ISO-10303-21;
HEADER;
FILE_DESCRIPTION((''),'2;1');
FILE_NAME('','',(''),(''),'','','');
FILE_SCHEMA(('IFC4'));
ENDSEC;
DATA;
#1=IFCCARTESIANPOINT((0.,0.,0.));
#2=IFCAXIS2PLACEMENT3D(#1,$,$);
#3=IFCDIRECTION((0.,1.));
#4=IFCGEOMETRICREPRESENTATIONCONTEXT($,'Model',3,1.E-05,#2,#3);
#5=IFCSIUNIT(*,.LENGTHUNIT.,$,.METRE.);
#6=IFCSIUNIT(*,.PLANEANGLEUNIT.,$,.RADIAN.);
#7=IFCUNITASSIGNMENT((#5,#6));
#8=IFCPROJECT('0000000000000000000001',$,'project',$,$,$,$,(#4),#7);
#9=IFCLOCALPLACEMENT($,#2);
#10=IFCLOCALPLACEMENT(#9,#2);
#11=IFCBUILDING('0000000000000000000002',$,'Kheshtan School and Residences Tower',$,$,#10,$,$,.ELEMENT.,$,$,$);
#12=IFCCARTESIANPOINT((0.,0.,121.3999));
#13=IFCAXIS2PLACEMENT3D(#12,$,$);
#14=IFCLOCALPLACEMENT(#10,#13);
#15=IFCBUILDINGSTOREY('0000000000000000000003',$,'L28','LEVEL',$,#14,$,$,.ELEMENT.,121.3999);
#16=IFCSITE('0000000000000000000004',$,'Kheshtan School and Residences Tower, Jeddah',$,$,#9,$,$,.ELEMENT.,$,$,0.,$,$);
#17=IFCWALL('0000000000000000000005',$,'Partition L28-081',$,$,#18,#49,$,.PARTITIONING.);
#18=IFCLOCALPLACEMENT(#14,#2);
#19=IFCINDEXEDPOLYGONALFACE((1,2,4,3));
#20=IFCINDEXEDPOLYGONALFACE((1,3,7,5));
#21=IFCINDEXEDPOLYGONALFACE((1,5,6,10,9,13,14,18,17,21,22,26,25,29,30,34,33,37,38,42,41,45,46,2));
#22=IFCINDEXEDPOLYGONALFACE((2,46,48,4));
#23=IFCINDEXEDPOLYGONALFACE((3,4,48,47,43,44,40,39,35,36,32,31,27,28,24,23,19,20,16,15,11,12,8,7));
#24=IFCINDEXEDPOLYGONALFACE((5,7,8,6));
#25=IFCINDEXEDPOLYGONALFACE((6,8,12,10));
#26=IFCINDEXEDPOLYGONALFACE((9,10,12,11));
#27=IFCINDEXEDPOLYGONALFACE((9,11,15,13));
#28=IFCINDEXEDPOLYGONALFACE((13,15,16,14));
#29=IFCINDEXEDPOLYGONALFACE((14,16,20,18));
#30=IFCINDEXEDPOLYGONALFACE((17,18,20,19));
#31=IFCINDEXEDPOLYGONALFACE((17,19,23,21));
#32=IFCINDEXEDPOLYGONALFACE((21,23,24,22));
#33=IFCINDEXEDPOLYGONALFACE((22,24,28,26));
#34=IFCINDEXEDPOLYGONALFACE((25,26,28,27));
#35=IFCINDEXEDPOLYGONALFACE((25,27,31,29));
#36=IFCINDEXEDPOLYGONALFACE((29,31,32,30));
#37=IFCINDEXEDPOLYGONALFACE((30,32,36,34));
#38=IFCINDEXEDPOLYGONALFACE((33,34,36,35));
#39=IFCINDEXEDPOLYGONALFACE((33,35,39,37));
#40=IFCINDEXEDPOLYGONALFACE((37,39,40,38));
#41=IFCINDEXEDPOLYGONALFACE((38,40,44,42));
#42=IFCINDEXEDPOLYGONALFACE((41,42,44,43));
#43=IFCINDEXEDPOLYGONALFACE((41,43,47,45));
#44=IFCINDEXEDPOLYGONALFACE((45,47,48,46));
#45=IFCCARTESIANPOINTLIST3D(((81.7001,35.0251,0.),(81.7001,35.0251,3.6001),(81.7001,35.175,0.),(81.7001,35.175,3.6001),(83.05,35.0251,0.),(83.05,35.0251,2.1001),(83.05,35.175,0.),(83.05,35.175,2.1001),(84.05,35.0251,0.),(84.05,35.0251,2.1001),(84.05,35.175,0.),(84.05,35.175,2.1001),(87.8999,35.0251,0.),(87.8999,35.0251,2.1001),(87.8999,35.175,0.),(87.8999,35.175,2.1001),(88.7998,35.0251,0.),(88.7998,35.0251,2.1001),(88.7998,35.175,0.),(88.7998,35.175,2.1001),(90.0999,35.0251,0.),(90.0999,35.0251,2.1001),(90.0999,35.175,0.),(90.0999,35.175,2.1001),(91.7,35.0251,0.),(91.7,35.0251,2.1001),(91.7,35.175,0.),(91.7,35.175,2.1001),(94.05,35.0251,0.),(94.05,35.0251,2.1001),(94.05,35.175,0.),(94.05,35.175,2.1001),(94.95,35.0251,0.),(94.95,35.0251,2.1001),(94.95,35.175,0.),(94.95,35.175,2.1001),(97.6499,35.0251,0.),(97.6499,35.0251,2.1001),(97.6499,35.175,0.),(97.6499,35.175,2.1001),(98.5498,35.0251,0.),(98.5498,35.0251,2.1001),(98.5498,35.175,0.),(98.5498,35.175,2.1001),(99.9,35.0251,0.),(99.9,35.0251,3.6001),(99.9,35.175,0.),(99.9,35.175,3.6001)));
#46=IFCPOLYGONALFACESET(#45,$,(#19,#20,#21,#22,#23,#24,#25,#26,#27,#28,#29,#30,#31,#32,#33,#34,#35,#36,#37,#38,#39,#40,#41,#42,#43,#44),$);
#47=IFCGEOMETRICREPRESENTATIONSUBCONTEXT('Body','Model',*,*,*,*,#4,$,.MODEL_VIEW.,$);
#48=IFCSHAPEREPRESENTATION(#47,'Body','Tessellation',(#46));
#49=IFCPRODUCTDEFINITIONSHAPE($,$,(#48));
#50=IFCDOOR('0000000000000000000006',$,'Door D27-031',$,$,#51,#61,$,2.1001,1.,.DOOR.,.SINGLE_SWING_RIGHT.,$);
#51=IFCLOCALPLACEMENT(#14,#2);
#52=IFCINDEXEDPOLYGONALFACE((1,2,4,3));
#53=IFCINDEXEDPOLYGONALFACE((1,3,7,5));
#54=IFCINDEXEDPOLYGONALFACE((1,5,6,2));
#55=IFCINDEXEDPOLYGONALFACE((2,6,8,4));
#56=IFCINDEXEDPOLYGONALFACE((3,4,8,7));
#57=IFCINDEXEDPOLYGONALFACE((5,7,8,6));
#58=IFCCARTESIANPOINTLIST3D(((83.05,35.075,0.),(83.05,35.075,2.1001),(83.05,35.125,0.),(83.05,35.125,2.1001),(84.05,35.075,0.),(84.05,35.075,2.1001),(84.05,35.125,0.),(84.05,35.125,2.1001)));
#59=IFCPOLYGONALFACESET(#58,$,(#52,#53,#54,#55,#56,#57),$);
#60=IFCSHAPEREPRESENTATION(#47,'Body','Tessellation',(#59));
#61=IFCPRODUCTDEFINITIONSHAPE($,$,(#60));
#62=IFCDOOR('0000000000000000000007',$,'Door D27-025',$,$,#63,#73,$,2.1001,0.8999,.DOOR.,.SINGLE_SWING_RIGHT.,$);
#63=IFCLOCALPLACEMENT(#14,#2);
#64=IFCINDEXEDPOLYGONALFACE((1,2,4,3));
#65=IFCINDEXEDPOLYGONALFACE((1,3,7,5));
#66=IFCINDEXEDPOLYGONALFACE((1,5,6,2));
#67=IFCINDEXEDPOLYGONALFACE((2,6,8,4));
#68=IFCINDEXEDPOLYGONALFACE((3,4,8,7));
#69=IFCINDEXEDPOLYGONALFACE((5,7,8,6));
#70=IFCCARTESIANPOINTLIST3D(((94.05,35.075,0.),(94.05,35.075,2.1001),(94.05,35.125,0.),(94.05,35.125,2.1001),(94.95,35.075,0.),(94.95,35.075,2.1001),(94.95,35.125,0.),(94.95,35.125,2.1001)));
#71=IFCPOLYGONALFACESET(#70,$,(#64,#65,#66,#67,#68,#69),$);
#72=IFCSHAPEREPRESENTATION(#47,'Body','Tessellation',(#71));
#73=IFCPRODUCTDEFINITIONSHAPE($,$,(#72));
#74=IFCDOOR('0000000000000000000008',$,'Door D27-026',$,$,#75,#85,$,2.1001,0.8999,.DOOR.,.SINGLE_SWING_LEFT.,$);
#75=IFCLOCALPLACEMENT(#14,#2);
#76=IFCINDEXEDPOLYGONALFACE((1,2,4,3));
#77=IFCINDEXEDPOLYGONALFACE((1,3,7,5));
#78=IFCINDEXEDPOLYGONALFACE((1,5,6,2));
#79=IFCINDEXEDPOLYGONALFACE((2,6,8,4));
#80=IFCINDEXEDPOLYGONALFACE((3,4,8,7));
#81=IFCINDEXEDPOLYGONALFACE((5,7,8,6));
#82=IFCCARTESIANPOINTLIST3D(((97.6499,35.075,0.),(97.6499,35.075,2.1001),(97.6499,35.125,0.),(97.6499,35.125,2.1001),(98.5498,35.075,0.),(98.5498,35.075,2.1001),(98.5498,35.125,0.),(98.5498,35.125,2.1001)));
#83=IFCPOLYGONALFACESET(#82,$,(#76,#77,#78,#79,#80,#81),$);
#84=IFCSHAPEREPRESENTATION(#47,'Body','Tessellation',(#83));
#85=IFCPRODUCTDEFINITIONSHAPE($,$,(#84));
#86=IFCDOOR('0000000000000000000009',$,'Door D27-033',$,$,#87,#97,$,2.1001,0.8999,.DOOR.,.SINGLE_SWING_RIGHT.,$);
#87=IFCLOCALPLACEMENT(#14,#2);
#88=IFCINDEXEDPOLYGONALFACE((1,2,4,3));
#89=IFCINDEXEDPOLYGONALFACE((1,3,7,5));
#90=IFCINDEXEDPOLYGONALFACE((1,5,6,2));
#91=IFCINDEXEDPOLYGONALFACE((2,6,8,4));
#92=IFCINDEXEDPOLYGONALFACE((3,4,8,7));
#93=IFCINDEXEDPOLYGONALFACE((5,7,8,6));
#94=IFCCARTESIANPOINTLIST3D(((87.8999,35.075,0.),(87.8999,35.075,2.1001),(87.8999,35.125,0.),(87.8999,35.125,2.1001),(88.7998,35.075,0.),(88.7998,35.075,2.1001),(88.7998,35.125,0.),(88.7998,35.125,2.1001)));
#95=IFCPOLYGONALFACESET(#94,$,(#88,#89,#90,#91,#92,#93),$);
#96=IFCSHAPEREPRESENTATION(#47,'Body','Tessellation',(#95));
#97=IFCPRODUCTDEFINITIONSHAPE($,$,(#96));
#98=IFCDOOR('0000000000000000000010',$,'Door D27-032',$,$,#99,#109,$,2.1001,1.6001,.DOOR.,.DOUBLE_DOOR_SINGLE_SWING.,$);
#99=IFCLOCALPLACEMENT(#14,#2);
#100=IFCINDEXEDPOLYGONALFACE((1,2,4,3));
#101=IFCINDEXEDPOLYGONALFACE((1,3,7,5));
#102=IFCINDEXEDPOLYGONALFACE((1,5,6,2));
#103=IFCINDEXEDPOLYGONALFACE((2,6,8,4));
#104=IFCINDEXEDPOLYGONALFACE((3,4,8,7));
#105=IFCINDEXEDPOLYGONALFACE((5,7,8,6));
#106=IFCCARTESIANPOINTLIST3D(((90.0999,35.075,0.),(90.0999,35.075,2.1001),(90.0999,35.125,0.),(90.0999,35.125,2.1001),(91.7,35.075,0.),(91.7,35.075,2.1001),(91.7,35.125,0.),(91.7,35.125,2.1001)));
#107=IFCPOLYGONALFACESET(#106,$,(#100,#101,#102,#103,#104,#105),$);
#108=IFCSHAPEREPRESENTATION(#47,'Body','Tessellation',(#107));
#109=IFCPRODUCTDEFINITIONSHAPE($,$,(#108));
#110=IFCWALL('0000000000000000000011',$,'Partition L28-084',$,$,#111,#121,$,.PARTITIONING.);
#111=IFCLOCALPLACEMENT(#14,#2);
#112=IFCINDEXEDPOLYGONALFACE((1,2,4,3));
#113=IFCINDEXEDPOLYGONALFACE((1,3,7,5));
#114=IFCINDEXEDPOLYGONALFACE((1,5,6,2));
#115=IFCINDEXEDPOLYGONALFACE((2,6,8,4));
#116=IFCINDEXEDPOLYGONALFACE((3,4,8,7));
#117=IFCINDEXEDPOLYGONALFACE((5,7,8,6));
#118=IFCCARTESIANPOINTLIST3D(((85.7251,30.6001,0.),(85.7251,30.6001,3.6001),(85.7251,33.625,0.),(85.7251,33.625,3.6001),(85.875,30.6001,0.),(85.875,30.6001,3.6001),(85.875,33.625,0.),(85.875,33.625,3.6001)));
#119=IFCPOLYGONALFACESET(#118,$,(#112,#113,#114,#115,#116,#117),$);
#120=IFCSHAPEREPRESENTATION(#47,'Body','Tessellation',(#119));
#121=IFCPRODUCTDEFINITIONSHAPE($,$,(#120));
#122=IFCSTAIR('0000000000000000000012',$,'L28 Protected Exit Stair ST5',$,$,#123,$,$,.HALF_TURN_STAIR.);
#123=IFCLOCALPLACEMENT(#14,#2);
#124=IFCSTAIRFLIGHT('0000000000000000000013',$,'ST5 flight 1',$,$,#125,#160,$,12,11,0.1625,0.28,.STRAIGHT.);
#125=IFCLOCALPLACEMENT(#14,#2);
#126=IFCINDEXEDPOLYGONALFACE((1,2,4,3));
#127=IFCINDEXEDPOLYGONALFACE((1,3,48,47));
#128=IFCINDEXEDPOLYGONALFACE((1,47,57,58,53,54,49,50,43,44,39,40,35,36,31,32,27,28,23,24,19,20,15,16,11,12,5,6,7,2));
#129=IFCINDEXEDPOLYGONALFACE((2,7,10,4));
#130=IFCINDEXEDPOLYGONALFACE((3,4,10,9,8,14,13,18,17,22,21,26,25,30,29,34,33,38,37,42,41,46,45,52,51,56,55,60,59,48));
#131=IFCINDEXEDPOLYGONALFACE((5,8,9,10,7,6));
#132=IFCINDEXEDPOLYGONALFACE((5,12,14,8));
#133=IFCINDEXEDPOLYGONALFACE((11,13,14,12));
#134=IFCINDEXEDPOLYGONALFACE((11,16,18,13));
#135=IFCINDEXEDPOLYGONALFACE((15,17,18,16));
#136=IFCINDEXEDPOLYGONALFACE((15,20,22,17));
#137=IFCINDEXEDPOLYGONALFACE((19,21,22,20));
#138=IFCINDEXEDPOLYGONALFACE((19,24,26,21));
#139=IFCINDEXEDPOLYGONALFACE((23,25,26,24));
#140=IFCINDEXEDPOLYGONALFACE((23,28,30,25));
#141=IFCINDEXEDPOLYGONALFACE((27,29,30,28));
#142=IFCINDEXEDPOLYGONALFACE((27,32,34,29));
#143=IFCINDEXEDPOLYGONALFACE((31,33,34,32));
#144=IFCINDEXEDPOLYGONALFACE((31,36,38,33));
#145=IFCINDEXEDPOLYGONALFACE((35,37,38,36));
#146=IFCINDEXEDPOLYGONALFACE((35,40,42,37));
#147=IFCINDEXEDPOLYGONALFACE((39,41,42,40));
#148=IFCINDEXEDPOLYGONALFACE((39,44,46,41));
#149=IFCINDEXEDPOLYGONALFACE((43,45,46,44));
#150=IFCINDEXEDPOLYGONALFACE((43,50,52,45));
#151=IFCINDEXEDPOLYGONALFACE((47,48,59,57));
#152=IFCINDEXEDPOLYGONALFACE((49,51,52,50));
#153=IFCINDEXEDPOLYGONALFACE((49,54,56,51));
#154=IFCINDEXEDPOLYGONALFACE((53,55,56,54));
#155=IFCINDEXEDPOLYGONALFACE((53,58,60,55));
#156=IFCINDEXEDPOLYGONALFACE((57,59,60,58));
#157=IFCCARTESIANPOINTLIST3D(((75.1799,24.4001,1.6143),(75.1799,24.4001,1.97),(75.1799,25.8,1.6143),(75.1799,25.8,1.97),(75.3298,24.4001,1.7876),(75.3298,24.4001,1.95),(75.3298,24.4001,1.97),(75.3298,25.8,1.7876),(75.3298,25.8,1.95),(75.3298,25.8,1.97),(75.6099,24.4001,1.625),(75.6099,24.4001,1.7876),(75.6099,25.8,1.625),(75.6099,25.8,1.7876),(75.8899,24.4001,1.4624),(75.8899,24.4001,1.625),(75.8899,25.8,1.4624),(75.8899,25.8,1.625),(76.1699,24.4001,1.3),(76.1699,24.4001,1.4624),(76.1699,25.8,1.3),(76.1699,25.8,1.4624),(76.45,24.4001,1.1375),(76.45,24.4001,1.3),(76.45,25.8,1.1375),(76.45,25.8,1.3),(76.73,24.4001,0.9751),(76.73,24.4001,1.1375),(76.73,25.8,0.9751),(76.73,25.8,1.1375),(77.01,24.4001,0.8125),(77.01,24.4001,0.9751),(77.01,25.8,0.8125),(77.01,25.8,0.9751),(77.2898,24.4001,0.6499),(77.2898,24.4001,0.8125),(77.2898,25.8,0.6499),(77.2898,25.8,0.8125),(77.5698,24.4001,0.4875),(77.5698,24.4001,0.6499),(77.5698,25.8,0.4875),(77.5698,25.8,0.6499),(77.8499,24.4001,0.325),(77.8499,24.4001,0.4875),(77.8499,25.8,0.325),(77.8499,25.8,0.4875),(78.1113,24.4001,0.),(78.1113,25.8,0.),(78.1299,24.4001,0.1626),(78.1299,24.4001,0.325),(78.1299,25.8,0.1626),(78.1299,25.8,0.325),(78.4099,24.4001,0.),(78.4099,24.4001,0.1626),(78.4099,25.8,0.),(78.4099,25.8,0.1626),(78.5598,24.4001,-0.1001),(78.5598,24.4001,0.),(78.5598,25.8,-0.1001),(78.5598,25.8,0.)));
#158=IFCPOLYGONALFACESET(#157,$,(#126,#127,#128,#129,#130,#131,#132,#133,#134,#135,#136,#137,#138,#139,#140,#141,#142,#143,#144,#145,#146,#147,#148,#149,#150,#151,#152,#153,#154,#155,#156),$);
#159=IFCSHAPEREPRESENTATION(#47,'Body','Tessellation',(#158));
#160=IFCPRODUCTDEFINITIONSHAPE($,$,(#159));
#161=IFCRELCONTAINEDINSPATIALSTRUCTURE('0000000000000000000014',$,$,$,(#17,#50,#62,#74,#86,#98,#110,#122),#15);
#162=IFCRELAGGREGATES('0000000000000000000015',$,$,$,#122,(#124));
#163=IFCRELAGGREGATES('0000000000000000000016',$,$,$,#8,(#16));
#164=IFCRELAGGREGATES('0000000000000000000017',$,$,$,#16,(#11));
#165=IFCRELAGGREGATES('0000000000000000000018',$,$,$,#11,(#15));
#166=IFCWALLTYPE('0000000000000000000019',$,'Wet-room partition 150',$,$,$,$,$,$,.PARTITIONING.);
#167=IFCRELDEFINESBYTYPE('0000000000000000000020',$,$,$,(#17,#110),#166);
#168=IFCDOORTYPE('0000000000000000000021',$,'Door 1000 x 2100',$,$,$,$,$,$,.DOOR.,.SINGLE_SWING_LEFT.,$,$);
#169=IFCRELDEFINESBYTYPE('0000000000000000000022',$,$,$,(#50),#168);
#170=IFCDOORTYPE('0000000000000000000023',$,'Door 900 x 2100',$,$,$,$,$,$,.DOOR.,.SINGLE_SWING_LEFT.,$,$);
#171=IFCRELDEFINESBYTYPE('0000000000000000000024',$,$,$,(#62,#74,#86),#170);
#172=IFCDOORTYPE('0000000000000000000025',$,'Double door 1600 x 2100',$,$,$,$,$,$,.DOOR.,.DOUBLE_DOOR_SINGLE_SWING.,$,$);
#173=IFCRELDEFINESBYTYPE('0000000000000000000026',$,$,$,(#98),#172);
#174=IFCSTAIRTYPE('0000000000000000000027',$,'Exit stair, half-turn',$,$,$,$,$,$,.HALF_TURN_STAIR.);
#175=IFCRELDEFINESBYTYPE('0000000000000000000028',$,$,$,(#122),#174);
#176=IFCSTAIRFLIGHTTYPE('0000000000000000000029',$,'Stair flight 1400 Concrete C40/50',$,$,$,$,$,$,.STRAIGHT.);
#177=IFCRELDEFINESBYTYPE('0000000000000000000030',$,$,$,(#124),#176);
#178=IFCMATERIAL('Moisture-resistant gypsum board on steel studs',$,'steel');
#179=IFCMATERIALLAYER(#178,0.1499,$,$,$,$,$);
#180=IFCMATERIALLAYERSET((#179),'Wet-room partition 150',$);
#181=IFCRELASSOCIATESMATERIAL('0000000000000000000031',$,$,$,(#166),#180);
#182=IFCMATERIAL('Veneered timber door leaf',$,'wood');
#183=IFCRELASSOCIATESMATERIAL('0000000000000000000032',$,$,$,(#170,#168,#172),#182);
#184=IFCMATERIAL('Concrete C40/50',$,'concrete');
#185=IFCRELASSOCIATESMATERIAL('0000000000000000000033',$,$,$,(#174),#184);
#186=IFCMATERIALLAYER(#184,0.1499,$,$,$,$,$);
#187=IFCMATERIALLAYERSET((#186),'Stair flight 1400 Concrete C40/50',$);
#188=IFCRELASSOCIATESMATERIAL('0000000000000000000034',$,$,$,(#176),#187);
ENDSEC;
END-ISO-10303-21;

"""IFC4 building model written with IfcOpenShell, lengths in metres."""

from ifc_helpers import new_model, si_unit, direction, frame, frame_2d, origin, place, context, subcontext, project, spatial, polyline, rectangle, outline, extrude, source, transform, mapped, material, layer, layer_set, type_object, element, fill, aggregate, save


model = new_model("IFC4")

# Units and contexts
model_context = context("Model", 3, precision=1e-05, world=origin(), true_north=direction((0.0, 1.0)))
body_context = subcontext(model_context, "Body", "Model", "MODEL_VIEW")
ifc_project = project(units=[si_unit("LENGTHUNIT", "METRE"), si_unit("PLANEANGLEUNIT", "RADIAN")], contexts=[model_context])

# Site, building, storey
site_placement = place(None, origin())
site = spatial("IfcSite", under=ifc_project, at=site_placement, Name="Kheshtan School and Residences Tower, Jeddah", CompositionType="ELEMENT", RefElevation=0.0)
building_placement = place(site_placement, origin())
building = spatial("IfcBuilding", under=site, at=building_placement, Name="Kheshtan School and Residences Tower", CompositionType="ELEMENT")
storey_placement = place(building_placement, frame((0.0, 0.0, 121.3999)))
storey = spatial("IfcBuildingStorey", under=building, at=storey_placement, Name="L28", Description="LEVEL", CompositionType="ELEMENT", Elevation=121.3999)

# Shared definitions
ifc_material_1 = material(Name="Concrete C40/50", Category="concrete")

# Shared definitions
ifc_material_2 = material(Name="Moisture-resistant gypsum board on steel studs", Category="steel")
ifc_layer_1 = layer(ifc_material_2, 0.1499)
ifc_layer_set_1 = layer_set([ifc_layer_1], Name="Wet-room partition 150")
wall_type_1 = type_object("IfcWallType", Name="Wet-room partition 150", PredefinedType="PARTITIONING", material=ifc_layer_set_1)

# Wall, openings, doors
ifc_material_3 = material(Name="Veneered timber door leaf", Category="wood")
door_type_1 = type_object("IfcDoorType", Name="Door 900 x 2100", OperationType="SINGLE_SWING_LEFT", PredefinedType="DOOR", material=ifc_material_3)
shared_shape_1 = source(origin(), body_context, "Body", "SweptSolid", [
    extrude(rectangle(XDim=0.8999, YDim=2.1001, at=frame_2d((0.45, 1.05))), frame((0.0, 0.0249, 0.0), z_axis=(0.0, -1.0, 0.0), x_axis=(1.0, 0.0, 0.0)), (0.0, 0.0, 1.0), 0.05),
])
wall_1_placement = place(storey_placement, frame((81.7, 35.1001, 0.0), z_axis=(0.0, 0.0, 1.0), x_axis=(1.0, 0.0, 0.0)))
wall_1 = element("IfcWall", 1, at=wall_1_placement, inside=storey, type_object=wall_type_1, Name="Partition L28-081", PredefinedType="PARTITIONING", context=body_context, shape_type="SweptSolid", body=[
    extrude(rectangle(XDim=18.2, YDim=0.1499, at=frame_2d((9.1001, 0.0))), origin(), (0.0, 0.0, 1.0), 3.6001),
])
opening_1_placement = place(wall_1_placement, frame((12.3501, 0.0, 0.0)))
opening_1 = element("IfcOpeningElement", 2, at=opening_1_placement, cuts=wall_1, PredefinedType="OPENING", context=body_context, shape_type="SweptSolid", body=[
    extrude(rectangle(XDim=0.8999, YDim=2.1001, at=frame_2d((0.45, 1.05))), frame((0.0, 0.085, 0.0), z_axis=(0.0, -1.0, 0.0), x_axis=(1.0, 0.0, 0.0)), (0.0, 0.0, 1.0), 0.1699),
])
opening_2_placement = place(wall_1_placement, frame((15.95, 0.0, 0.0)))
opening_2 = element("IfcOpeningElement", 3, at=opening_2_placement, cuts=wall_1, PredefinedType="OPENING", context=body_context, shape_type="SweptSolid", body=[
    extrude(rectangle(XDim=0.8999, YDim=2.1001, at=frame_2d((0.45, 1.05))), frame((0.0, 0.085, 0.0), z_axis=(0.0, -1.0, 0.0), x_axis=(1.0, 0.0, 0.0)), (0.0, 0.0, 1.0), 0.1699),
])
opening_3_placement = place(wall_1_placement, frame((1.3501, 0.0, 0.0)))
opening_3 = element("IfcOpeningElement", 4, at=opening_3_placement, cuts=wall_1, PredefinedType="OPENING", context=body_context, shape_type="SweptSolid", body=[
    extrude(rectangle(XDim=1.0, YDim=2.1001, at=frame_2d((0.5, 1.05))), frame((0.0, 0.085, 0.0), z_axis=(0.0, -1.0, 0.0), x_axis=(1.0, 0.0, 0.0)), (0.0, 0.0, 1.0), 0.1699),
])
opening_4_placement = place(wall_1_placement, frame((8.3999, 0.0, 0.0)))
opening_4 = element("IfcOpeningElement", 5, at=opening_4_placement, cuts=wall_1, PredefinedType="OPENING", context=body_context, shape_type="SweptSolid", body=[
    extrude(rectangle(XDim=1.6001, YDim=2.1001, at=frame_2d((0.8, 1.05))), frame((0.0, 0.085, 0.0), z_axis=(0.0, -1.0, 0.0), x_axis=(1.0, 0.0, 0.0)), (0.0, 0.0, 1.0), 0.1699),
])
opening_5_placement = place(wall_1_placement, frame((6.2, 0.0, 0.0)))
opening_5 = element("IfcOpeningElement", 6, at=opening_5_placement, cuts=wall_1, PredefinedType="OPENING", context=body_context, shape_type="SweptSolid", body=[
    extrude(rectangle(XDim=0.8999, YDim=2.1001, at=frame_2d((0.45, 1.05))), frame((0.0, 0.085, 0.0), z_axis=(0.0, -1.0, 0.0), x_axis=(1.0, 0.0, 0.0)), (0.0, 0.0, 1.0), 0.1699),
])
door_type_2 = type_object("IfcDoorType", Name="Door 1000 x 2100", OperationType="SINGLE_SWING_LEFT", PredefinedType="DOOR", material=ifc_material_3)
shared_shape_2 = source(origin(), body_context, "Body", "SweptSolid", [
    extrude(rectangle(XDim=1.0, YDim=2.1001, at=frame_2d((0.5, 1.05))), frame((0.0, 0.0249, 0.0), z_axis=(0.0, -1.0, 0.0), x_axis=(1.0, 0.0, 0.0)), (0.0, 0.0, 1.0), 0.05),
])
door_1_placement = place(opening_3_placement, origin())
door_1 = element("IfcDoor", 7, at=door_1_placement, inside=storey, type_object=door_type_2, Name="Door D27-031", OperationType="SINGLE_SWING_RIGHT", OverallHeight=2.1001, OverallWidth=1.0, PredefinedType="DOOR", context=body_context, shape_type="MappedRepresentation", body=[
    mapped(shared_shape_2, transform((0.0, 0.0, 0.0), x_axis=(1.0, 0.0, 0.0), y_axis=(0.0, 1.0, 0.0), z_axis=(0.0, 0.0, 1.0), scale=1.0)),
])
fill(opening_3, door_1)
door_2_placement = place(opening_1_placement, origin())
door_2 = element("IfcDoor", 8, at=door_2_placement, inside=storey, type_object=door_type_1, Name="Door D27-025", OperationType="SINGLE_SWING_RIGHT", OverallHeight=2.1001, OverallWidth=0.8999, PredefinedType="DOOR", context=body_context, shape_type="MappedRepresentation", body=[
    mapped(shared_shape_1, transform((0.0, 0.0, 0.0), x_axis=(1.0, 0.0, 0.0), y_axis=(0.0, 1.0, 0.0), z_axis=(0.0, 0.0, 1.0), scale=1.0)),
])
fill(opening_1, door_2)
door_3_placement = place(opening_2_placement, origin())
door_3 = element("IfcDoor", 9, at=door_3_placement, inside=storey, type_object=door_type_1, Name="Door D27-026", OperationType="SINGLE_SWING_LEFT", OverallHeight=2.1001, OverallWidth=0.8999, PredefinedType="DOOR", context=body_context, shape_type="MappedRepresentation", body=[
    mapped(shared_shape_1, transform((0.0, 0.0, 0.0), x_axis=(1.0, 0.0, 0.0), y_axis=(0.0, 1.0, 0.0), z_axis=(0.0, 0.0, 1.0), scale=1.0)),
])
fill(opening_2, door_3)
door_4_placement = place(opening_5_placement, origin())
door_4 = element("IfcDoor", 10, at=door_4_placement, inside=storey, type_object=door_type_1, Name="Door D27-033", OperationType="SINGLE_SWING_RIGHT", OverallHeight=2.1001, OverallWidth=0.8999, PredefinedType="DOOR", context=body_context, shape_type="MappedRepresentation", body=[
    mapped(shared_shape_1, transform((0.0, 0.0, 0.0), x_axis=(1.0, 0.0, 0.0), y_axis=(0.0, 1.0, 0.0), z_axis=(0.0, 0.0, 1.0), scale=1.0)),
])
fill(opening_5, door_4)
door_type_3 = type_object("IfcDoorType", Name="Double door 1600 x 2100", OperationType="DOUBLE_DOOR_SINGLE_SWING", PredefinedType="DOOR", material=ifc_material_3)
shared_shape_3 = source(origin(), body_context, "Body", "SweptSolid", [
    extrude(rectangle(XDim=1.6001, YDim=2.1001, at=frame_2d((0.8, 1.05))), frame((0.0, 0.0249, 0.0), z_axis=(0.0, -1.0, 0.0), x_axis=(1.0, 0.0, 0.0)), (0.0, 0.0, 1.0), 0.05),
])
door_5_placement = place(opening_4_placement, origin())
door_5 = element("IfcDoor", 11, at=door_5_placement, inside=storey, type_object=door_type_3, Name="Door D27-032", OperationType="DOUBLE_DOOR_SINGLE_SWING", OverallHeight=2.1001, OverallWidth=1.6001, PredefinedType="DOOR", context=body_context, shape_type="MappedRepresentation", body=[
    mapped(shared_shape_3, transform((0.0, 0.0, 0.0), x_axis=(1.0, 0.0, 0.0), y_axis=(0.0, 1.0, 0.0), z_axis=(0.0, 0.0, 1.0), scale=1.0)),
])
fill(opening_4, door_5)

# Wall
wall_2_placement = place(storey_placement, frame((85.8, 30.6001, 0.0), z_axis=(0.0, 0.0, 1.0), x_axis=(0.0, 1.0, 0.0)))
element("IfcWall", 12, at=wall_2_placement, inside=storey, type_object=wall_type_1, Name="Partition L28-084", PredefinedType="PARTITIONING", context=body_context, shape_type="SweptSolid", body=[
    extrude(rectangle(XDim=3.0249, YDim=0.1499, at=frame_2d((1.5125, 0.0))), origin(), (0.0, 0.0, 1.0), 3.6001),
])

# Stair, stair flight
stair_type = type_object("IfcStairType", Name="Exit stair, half-turn", PredefinedType="HALF_TURN_STAIR", material=ifc_material_1)
stair_placement = place(storey_placement, origin())
stair = element("IfcStair", 13, at=stair_placement, inside=storey, type_object=stair_type, Name="L28 Protected Exit Stair ST5", PredefinedType="HALF_TURN_STAIR")
ifc_layer_2 = layer(ifc_material_1, 0.1499)
ifc_layer_set_2 = layer_set([ifc_layer_2], Name="Stair flight 1400 Concrete C40/50")
stair_flight_type = type_object("IfcStairFlightType", Name="Stair flight 1400 Concrete C40/50", PredefinedType="STRAIGHT", material=ifc_layer_set_2)
stair_flight_placement = place(storey_placement, frame((78.4099, 25.1001, 0.0), z_axis=(0.0, 0.0, 1.0), x_axis=(-1.0, 0.0, 0.0)))
stair_flight = element("IfcStairFlight", 14, at=stair_flight_placement, type_object=stair_flight_type, Name="ST5 flight 1", NumberOfRisers=12, NumberOfTreads=11, PredefinedType="STRAIGHT", RiserHeight=0.1625, TreadLength=0.28, context=body_context, shape_type="SweptSolid", body=[
    extrude(outline(polyline([(-0.1499, -0.1001), (-0.1499, 0.0), (0.0, 0.0), (0.0, 0.1626), (0.28, 0.1626), (0.28, 0.325), (0.5601, 0.325), (0.5601, 0.4875), (0.8401, 0.4875), (0.8401, 0.6499), (1.1201, 0.6499), (1.1201, 0.8125), (1.3999, 0.8125), (1.3999, 0.9751), (1.6799, 0.9751), (1.6799, 1.1375), (1.96, 1.1375), (1.96, 1.3), (2.24, 1.3), (2.24, 1.4624), (2.52, 1.4624), (2.52, 1.625), (2.8, 1.625), (2.8, 1.7876), (3.0801, 1.7876), (3.0801, 1.95), (3.0801, 1.97), (3.23, 1.97), (3.23, 1.6143), (0.2986, 0.0), (-0.1499, -0.1001)])), frame((0.0, 0.7, 0.0), z_axis=(0.0, -1.0, 0.0), x_axis=(1.0, 0.0, 0.0)), (0.0, 0.0, 1.0), 1.3999),
])
aggregate(stair, [stair_flight])

save(model, "model.ifc")
